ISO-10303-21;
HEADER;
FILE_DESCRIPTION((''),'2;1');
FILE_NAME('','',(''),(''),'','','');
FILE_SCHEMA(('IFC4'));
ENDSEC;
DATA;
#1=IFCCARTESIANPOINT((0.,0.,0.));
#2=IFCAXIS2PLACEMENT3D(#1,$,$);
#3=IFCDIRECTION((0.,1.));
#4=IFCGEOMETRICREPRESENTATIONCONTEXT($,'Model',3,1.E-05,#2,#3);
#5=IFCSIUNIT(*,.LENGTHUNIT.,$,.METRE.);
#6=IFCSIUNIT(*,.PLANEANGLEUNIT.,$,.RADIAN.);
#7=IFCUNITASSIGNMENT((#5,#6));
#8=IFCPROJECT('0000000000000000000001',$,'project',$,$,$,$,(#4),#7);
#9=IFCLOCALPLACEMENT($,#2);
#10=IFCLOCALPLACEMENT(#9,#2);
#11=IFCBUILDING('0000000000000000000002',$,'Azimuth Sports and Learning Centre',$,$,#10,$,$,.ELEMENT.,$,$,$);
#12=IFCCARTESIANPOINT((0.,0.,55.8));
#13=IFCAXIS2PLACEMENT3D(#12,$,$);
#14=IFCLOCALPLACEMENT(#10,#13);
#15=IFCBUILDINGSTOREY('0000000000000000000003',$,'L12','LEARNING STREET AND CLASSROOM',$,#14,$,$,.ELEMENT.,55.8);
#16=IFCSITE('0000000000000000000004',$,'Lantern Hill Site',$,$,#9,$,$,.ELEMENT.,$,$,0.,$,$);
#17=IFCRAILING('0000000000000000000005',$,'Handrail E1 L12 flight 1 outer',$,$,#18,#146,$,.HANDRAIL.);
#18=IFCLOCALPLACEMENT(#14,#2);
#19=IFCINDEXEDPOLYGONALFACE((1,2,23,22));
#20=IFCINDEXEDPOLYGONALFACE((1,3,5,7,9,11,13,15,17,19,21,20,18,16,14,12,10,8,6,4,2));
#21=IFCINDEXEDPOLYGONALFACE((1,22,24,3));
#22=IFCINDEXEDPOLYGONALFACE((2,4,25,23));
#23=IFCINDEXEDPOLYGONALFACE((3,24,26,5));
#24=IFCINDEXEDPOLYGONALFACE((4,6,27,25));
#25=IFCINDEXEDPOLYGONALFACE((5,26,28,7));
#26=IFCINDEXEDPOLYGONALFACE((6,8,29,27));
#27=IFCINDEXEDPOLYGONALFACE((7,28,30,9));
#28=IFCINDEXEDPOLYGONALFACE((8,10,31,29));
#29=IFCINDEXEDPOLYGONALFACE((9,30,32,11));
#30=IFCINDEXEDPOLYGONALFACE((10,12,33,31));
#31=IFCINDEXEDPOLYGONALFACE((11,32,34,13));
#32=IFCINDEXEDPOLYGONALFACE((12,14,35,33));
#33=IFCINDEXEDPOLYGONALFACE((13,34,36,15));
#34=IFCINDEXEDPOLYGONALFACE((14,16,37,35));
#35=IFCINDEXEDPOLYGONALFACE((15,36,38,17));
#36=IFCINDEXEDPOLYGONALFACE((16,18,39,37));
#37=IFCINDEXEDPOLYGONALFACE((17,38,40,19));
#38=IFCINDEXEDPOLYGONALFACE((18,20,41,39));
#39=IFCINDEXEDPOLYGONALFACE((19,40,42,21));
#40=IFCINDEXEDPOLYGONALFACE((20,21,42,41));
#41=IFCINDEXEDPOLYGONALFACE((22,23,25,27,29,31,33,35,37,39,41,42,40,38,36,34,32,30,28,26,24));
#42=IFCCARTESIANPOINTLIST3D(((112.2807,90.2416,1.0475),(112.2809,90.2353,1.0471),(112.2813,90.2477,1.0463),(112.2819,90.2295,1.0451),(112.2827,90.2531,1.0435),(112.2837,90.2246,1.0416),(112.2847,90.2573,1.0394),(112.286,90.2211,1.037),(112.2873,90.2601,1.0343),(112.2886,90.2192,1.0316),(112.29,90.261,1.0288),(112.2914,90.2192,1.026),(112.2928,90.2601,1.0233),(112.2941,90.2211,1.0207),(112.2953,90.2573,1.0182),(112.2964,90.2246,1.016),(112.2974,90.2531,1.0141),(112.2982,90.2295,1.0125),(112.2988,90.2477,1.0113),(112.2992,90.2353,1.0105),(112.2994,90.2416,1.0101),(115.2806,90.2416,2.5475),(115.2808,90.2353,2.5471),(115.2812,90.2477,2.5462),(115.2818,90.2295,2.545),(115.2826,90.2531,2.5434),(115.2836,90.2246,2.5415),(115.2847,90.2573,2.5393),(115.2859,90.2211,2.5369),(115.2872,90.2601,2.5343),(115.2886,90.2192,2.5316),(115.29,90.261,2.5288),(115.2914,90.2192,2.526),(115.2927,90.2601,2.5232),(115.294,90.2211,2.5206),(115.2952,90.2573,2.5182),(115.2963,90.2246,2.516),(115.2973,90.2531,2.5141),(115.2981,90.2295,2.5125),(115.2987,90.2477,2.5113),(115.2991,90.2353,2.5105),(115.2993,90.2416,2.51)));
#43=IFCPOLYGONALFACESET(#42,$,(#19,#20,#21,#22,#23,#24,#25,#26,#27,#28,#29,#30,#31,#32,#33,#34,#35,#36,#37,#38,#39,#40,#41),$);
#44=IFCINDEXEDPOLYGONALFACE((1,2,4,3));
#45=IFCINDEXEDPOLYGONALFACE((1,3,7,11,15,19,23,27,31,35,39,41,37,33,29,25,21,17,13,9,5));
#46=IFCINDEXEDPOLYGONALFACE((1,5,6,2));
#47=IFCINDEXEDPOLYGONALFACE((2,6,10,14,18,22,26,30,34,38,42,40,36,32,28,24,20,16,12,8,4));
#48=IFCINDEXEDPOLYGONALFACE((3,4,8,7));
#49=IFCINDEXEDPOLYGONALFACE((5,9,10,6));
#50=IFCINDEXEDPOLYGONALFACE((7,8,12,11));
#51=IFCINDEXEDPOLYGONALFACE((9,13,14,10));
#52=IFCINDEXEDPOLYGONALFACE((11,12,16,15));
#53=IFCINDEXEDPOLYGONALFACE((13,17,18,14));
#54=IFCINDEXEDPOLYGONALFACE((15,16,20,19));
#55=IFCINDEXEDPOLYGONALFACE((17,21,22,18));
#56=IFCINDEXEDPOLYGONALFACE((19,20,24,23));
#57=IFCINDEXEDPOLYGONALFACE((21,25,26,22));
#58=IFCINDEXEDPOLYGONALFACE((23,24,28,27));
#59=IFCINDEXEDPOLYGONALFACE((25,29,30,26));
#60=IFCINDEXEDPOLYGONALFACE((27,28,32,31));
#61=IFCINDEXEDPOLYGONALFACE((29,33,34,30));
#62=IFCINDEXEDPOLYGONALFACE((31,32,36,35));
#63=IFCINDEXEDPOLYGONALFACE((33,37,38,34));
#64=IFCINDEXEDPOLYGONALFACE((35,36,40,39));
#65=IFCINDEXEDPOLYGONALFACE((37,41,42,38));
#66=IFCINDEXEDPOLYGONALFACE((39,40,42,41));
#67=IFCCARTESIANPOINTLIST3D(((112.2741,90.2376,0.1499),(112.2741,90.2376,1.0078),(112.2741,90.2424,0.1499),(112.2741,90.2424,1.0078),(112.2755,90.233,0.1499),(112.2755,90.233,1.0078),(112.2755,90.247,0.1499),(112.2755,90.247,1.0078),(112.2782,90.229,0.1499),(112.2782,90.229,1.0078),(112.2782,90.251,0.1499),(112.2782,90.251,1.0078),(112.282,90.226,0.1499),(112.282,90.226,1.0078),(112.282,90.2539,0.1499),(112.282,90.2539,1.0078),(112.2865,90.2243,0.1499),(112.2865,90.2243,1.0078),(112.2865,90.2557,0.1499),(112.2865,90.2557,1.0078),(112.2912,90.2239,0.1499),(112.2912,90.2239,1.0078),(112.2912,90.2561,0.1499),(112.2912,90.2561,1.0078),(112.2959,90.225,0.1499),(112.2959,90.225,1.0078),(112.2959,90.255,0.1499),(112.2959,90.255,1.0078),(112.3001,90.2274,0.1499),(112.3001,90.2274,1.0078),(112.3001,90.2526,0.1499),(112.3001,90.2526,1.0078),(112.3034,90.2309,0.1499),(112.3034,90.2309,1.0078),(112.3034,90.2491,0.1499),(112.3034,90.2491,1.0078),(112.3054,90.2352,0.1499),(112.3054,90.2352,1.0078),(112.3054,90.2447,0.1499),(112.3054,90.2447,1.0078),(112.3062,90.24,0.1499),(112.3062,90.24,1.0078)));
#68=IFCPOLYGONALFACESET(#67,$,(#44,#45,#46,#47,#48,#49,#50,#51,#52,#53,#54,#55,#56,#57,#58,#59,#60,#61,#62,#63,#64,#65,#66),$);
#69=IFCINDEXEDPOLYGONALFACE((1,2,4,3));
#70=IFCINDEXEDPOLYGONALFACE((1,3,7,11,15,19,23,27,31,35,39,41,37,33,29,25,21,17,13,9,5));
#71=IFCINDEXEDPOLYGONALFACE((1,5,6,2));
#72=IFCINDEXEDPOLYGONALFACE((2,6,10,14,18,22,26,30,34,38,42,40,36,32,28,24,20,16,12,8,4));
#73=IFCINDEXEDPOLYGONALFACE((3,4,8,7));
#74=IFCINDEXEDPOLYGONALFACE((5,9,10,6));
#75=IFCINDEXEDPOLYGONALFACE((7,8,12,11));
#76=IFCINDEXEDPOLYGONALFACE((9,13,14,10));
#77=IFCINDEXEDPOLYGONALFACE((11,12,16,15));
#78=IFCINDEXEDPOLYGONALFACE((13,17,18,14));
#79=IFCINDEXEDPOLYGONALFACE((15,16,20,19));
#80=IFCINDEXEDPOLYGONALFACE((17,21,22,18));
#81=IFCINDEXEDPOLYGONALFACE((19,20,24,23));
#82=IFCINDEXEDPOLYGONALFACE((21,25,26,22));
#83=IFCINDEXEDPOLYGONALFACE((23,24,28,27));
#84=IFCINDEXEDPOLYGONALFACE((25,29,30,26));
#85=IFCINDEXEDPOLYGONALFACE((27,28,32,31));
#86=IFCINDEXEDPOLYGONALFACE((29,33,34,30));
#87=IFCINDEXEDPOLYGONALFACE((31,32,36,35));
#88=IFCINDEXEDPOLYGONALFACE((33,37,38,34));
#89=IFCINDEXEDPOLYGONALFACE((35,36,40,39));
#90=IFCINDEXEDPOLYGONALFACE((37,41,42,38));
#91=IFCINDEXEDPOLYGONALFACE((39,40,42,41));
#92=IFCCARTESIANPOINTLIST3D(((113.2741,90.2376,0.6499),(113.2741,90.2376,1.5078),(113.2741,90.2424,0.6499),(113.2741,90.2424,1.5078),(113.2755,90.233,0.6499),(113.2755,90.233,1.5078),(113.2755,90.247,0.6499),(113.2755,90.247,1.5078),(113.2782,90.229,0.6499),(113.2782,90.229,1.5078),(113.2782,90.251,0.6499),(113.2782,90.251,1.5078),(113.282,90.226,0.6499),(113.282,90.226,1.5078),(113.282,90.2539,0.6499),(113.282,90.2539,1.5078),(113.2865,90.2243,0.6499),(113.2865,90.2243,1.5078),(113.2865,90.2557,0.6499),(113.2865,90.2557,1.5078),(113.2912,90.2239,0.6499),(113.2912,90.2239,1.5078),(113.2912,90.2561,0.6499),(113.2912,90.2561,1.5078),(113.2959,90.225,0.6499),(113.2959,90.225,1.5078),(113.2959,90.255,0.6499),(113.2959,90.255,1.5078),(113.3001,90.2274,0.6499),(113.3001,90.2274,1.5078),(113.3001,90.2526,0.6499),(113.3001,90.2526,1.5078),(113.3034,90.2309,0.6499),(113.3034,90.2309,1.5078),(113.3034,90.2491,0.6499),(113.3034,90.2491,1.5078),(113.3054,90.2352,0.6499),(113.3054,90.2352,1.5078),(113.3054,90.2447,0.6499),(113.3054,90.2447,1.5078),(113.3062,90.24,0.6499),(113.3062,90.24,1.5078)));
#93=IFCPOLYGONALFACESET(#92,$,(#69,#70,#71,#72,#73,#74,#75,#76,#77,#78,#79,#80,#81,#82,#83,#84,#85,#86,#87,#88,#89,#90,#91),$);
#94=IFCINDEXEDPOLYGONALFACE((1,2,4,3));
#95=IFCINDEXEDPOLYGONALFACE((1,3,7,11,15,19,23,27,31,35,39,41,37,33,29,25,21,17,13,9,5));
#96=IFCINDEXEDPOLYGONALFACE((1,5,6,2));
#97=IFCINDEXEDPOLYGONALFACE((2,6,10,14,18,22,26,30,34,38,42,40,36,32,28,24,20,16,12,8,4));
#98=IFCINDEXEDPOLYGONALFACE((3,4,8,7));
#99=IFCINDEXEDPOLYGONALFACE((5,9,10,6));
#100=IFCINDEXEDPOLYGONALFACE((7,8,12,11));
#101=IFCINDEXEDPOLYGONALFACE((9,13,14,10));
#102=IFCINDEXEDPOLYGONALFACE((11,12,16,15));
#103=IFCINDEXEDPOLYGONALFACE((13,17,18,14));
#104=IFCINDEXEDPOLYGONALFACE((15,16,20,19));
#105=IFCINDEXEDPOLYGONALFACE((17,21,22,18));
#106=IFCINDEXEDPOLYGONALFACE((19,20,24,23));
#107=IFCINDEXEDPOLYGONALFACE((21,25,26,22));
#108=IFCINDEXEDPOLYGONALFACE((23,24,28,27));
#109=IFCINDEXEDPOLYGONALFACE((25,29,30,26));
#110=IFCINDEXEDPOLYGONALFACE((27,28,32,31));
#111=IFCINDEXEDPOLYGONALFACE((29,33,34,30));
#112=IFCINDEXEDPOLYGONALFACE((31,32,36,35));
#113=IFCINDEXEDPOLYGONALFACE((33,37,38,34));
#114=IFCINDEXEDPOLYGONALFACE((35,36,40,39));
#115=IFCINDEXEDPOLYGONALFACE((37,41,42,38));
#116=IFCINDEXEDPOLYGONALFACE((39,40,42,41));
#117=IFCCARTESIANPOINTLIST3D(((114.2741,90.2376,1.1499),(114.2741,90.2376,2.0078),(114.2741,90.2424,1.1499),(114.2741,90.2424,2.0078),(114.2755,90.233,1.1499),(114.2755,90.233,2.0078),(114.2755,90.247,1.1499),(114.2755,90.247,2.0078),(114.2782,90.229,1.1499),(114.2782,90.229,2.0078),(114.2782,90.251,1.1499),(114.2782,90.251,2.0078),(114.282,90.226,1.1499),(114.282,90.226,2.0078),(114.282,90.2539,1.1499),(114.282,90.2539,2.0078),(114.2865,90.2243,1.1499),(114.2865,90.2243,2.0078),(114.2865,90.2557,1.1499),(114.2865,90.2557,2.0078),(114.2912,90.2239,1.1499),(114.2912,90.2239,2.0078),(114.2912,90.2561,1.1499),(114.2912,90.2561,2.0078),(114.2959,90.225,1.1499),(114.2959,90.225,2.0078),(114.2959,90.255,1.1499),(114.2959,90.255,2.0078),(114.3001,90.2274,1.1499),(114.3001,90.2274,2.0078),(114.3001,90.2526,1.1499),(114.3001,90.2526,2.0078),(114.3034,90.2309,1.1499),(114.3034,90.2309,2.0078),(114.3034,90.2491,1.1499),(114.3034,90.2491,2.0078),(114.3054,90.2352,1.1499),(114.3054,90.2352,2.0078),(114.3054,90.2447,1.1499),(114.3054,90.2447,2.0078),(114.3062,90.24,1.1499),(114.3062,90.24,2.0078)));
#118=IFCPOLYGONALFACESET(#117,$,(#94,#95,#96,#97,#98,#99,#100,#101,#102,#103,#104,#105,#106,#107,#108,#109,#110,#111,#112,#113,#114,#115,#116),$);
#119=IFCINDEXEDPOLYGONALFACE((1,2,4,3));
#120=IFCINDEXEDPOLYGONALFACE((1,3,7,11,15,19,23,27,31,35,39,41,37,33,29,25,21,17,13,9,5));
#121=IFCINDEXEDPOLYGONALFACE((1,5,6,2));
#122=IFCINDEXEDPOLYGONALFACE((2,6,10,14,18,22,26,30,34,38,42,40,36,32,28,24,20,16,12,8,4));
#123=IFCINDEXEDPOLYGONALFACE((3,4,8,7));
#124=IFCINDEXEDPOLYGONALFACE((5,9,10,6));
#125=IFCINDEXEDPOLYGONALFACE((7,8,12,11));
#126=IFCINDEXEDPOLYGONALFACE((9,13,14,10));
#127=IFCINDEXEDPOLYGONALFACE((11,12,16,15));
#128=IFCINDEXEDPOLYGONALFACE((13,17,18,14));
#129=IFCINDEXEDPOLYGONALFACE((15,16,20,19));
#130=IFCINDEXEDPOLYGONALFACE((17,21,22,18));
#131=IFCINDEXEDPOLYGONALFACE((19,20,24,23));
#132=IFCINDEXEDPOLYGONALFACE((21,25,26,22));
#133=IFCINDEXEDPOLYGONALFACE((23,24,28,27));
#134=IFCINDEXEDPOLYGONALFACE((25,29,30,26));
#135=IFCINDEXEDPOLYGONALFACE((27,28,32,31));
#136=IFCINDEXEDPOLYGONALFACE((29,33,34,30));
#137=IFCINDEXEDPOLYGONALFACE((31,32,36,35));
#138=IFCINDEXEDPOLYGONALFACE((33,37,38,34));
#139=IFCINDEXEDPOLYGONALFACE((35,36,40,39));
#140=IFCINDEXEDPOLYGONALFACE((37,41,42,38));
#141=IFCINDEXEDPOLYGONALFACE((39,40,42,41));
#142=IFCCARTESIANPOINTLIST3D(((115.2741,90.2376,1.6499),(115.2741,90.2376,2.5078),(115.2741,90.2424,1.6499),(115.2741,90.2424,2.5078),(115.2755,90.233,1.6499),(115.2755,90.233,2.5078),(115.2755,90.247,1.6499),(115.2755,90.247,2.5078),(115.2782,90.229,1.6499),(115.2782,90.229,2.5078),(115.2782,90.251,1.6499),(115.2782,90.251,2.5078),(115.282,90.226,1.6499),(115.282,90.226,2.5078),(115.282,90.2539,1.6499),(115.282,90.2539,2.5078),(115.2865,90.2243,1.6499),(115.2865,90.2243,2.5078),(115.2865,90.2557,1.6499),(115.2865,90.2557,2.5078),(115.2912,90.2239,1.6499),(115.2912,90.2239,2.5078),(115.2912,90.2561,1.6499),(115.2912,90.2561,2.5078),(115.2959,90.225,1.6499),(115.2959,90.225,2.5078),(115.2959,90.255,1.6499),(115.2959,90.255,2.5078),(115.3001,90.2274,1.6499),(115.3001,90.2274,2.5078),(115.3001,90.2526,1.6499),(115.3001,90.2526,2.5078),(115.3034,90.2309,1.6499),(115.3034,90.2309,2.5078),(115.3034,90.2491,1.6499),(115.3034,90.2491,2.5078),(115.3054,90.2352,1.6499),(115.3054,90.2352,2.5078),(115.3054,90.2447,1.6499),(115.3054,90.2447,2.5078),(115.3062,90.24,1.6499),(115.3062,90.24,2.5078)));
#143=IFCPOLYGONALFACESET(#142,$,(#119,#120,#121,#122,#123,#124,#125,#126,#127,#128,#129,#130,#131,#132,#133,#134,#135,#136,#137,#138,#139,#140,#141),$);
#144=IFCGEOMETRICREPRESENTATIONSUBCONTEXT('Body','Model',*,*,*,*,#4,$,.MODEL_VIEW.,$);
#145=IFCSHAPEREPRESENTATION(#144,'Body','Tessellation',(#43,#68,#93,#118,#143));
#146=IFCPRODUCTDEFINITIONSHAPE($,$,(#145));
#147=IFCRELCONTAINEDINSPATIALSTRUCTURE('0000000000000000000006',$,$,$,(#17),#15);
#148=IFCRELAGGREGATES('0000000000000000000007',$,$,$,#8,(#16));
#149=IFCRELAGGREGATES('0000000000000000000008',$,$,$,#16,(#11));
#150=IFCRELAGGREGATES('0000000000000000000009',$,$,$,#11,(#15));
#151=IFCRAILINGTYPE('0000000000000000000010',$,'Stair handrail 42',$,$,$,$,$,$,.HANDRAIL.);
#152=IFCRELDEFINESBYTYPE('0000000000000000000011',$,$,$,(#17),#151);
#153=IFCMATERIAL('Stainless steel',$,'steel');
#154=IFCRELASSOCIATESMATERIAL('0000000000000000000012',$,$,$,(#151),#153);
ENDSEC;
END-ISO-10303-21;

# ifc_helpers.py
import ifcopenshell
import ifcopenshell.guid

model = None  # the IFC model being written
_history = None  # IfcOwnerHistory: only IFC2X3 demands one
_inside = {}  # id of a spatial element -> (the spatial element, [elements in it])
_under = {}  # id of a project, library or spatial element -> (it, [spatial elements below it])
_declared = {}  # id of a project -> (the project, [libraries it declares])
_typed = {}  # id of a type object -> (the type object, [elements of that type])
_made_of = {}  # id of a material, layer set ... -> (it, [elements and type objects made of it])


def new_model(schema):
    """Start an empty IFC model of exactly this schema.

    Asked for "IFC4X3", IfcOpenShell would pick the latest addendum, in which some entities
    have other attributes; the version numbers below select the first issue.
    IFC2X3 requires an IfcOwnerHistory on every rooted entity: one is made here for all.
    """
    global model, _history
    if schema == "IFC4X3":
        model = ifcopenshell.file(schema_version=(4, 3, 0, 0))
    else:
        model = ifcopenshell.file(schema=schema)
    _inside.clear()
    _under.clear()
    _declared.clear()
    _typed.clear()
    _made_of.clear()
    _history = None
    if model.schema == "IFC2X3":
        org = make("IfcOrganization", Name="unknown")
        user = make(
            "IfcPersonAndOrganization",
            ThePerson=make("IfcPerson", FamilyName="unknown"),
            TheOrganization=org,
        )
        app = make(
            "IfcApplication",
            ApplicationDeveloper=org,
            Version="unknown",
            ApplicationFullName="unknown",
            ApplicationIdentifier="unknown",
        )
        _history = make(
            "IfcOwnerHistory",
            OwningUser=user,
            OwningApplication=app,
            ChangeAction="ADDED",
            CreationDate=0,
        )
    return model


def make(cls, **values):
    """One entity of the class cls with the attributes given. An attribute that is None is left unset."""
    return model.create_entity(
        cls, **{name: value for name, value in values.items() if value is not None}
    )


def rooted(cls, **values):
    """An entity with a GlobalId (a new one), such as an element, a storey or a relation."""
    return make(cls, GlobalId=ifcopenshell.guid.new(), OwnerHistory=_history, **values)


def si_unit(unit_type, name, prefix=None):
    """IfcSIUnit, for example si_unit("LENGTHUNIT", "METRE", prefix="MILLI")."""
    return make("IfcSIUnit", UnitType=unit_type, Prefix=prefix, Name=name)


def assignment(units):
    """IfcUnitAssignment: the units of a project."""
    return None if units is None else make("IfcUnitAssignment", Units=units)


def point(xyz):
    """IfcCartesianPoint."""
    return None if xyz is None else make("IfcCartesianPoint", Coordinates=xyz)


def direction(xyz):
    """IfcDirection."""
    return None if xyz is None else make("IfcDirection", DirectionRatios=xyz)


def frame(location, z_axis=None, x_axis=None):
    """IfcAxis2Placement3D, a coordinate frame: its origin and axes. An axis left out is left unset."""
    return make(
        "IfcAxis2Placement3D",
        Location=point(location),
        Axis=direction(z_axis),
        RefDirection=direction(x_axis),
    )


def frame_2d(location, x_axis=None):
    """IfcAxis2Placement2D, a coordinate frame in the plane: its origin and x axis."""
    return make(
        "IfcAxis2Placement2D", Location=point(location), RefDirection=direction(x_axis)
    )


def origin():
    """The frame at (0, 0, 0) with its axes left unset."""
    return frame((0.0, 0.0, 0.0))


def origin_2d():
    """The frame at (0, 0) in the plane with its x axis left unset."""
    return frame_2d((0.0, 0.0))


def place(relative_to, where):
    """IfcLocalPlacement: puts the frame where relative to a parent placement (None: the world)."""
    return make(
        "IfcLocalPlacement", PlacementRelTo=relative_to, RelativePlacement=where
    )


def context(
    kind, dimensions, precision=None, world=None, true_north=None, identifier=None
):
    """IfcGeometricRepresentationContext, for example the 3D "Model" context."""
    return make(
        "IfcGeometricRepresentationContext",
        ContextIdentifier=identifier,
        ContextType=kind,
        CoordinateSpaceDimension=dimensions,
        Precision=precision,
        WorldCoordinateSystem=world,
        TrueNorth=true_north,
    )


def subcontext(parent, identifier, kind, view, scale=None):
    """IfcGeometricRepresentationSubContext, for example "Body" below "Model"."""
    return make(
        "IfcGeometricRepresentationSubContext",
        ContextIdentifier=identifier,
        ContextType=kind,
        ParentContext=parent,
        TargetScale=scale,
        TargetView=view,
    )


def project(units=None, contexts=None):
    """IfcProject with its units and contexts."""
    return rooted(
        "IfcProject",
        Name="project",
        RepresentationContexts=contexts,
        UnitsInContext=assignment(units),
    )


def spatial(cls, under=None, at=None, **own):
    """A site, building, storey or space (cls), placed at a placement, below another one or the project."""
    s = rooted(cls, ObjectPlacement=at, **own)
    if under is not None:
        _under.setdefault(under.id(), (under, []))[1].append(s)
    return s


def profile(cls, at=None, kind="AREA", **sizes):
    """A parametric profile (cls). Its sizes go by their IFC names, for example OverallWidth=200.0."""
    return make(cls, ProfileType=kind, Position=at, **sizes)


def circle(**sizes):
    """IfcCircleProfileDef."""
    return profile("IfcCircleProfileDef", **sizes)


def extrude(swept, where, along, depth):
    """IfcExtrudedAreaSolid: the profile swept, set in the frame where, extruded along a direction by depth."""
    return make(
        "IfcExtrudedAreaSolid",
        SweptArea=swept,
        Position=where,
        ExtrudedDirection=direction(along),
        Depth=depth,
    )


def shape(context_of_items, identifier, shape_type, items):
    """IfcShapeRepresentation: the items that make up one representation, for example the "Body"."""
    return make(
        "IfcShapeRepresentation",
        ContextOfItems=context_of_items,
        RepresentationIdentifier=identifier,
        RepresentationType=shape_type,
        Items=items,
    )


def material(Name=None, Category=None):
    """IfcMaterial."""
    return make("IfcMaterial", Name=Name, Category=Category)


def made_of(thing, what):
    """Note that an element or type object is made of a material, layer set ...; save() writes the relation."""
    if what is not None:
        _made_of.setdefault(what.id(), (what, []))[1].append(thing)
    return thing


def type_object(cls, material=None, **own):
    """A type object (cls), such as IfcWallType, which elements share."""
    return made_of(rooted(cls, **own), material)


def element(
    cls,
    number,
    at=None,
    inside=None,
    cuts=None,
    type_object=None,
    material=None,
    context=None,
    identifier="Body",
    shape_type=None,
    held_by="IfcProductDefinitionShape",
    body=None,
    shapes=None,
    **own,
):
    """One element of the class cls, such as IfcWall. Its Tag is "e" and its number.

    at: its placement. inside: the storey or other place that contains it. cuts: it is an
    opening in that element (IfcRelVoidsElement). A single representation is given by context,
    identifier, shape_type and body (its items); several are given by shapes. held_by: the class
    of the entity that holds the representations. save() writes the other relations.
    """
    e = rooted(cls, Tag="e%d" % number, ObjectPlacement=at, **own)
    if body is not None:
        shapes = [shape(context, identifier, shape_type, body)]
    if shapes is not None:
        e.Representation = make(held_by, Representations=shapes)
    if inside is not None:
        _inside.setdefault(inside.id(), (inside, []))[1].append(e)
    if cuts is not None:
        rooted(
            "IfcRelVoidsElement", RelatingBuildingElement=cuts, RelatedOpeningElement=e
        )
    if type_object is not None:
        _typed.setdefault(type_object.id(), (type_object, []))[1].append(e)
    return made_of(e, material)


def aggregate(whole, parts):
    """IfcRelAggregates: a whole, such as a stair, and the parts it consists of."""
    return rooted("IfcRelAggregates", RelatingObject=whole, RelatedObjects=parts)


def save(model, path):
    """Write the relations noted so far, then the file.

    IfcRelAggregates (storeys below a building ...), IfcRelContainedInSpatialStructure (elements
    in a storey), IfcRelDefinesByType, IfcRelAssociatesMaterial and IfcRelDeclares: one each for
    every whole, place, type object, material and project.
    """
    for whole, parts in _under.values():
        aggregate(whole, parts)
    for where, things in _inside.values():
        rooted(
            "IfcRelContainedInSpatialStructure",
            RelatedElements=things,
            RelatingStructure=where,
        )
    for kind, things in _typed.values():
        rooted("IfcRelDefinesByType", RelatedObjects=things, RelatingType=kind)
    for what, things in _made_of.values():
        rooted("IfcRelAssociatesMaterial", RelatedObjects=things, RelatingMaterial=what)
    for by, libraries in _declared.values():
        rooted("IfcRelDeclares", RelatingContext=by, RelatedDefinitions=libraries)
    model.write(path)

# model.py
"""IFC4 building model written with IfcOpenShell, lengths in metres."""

from ifc_helpers import new_model, si_unit, direction, frame, origin, origin_2d, place, context, subcontext, project, spatial, circle, extrude, material, type_object, element, save


model = new_model("IFC4")

# Units and contexts
model_context = context("Model", 3, precision=1e-05, world=origin(), true_north=direction((0.0, 1.0)))
body_context = subcontext(model_context, "Body", "Model", "MODEL_VIEW")
ifc_project = project(units=[si_unit("LENGTHUNIT", "METRE"), si_unit("PLANEANGLEUNIT", "RADIAN")], contexts=[model_context])

# Site, building, storey
site_placement = place(None, origin())
site = spatial("IfcSite", under=ifc_project, at=site_placement, Name="Lantern Hill Site", CompositionType="ELEMENT", RefElevation=0.0)
building_placement = place(site_placement, origin())
building = spatial("IfcBuilding", under=site, at=building_placement, Name="Azimuth Sports and Learning Centre", CompositionType="ELEMENT")
storey_placement = place(building_placement, frame((0.0, 0.0, 55.8)))
storey = spatial("IfcBuildingStorey", under=building, at=storey_placement, Name="L12", Description="LEARNING STREET AND CLASSROOM", CompositionType="ELEMENT", Elevation=55.8)

# Railing
ifc_material_1 = material(Name="Stainless steel", Category="steel")
railing_type_1 = type_object("IfcRailingType", Name="Stair handrail 42", PredefinedType="HANDRAIL", material=ifc_material_1)
for number, where, name in (
    (1, (112.29, 90.24, 0.1499), "Handrail E1 L12 flight 1 outer"),
):
    element("IfcRailing", number, at=place(storey_placement, frame(where)), inside=storey, type_object=railing_type_1, Name=name, PredefinedType="HANDRAIL", context=body_context, shape_type="SweptSolid", body=[
        extrude(circle(Radius=0.021, at=origin_2d()), frame((0.0, 0.0, 0.8789), z_axis=(0.894427, 0.0, 0.447214), x_axis=(0.0, 1.0, 0.0)), (0.0, 0.0, 1.0), 3.354),
        extrude(circle(Radius=0.0161, at=origin_2d()), origin(), (0.0, 0.0, 1.0), 0.8579),
        extrude(circle(Radius=0.0161, at=origin_2d()), frame((1.0, 0.0, 0.5)), (0.0, 0.0, 1.0), 0.8579),
        extrude(circle(Radius=0.0161, at=origin_2d()), frame((2.0, 0.0, 1.0)), (0.0, 0.0, 1.0), 0.8579),
        extrude(circle(Radius=0.0161, at=origin_2d()), frame((3.0, 0.0, 1.5)), (0.0, 0.0, 1.0), 0.8579),
    ])

save(model, "model.ifc")
